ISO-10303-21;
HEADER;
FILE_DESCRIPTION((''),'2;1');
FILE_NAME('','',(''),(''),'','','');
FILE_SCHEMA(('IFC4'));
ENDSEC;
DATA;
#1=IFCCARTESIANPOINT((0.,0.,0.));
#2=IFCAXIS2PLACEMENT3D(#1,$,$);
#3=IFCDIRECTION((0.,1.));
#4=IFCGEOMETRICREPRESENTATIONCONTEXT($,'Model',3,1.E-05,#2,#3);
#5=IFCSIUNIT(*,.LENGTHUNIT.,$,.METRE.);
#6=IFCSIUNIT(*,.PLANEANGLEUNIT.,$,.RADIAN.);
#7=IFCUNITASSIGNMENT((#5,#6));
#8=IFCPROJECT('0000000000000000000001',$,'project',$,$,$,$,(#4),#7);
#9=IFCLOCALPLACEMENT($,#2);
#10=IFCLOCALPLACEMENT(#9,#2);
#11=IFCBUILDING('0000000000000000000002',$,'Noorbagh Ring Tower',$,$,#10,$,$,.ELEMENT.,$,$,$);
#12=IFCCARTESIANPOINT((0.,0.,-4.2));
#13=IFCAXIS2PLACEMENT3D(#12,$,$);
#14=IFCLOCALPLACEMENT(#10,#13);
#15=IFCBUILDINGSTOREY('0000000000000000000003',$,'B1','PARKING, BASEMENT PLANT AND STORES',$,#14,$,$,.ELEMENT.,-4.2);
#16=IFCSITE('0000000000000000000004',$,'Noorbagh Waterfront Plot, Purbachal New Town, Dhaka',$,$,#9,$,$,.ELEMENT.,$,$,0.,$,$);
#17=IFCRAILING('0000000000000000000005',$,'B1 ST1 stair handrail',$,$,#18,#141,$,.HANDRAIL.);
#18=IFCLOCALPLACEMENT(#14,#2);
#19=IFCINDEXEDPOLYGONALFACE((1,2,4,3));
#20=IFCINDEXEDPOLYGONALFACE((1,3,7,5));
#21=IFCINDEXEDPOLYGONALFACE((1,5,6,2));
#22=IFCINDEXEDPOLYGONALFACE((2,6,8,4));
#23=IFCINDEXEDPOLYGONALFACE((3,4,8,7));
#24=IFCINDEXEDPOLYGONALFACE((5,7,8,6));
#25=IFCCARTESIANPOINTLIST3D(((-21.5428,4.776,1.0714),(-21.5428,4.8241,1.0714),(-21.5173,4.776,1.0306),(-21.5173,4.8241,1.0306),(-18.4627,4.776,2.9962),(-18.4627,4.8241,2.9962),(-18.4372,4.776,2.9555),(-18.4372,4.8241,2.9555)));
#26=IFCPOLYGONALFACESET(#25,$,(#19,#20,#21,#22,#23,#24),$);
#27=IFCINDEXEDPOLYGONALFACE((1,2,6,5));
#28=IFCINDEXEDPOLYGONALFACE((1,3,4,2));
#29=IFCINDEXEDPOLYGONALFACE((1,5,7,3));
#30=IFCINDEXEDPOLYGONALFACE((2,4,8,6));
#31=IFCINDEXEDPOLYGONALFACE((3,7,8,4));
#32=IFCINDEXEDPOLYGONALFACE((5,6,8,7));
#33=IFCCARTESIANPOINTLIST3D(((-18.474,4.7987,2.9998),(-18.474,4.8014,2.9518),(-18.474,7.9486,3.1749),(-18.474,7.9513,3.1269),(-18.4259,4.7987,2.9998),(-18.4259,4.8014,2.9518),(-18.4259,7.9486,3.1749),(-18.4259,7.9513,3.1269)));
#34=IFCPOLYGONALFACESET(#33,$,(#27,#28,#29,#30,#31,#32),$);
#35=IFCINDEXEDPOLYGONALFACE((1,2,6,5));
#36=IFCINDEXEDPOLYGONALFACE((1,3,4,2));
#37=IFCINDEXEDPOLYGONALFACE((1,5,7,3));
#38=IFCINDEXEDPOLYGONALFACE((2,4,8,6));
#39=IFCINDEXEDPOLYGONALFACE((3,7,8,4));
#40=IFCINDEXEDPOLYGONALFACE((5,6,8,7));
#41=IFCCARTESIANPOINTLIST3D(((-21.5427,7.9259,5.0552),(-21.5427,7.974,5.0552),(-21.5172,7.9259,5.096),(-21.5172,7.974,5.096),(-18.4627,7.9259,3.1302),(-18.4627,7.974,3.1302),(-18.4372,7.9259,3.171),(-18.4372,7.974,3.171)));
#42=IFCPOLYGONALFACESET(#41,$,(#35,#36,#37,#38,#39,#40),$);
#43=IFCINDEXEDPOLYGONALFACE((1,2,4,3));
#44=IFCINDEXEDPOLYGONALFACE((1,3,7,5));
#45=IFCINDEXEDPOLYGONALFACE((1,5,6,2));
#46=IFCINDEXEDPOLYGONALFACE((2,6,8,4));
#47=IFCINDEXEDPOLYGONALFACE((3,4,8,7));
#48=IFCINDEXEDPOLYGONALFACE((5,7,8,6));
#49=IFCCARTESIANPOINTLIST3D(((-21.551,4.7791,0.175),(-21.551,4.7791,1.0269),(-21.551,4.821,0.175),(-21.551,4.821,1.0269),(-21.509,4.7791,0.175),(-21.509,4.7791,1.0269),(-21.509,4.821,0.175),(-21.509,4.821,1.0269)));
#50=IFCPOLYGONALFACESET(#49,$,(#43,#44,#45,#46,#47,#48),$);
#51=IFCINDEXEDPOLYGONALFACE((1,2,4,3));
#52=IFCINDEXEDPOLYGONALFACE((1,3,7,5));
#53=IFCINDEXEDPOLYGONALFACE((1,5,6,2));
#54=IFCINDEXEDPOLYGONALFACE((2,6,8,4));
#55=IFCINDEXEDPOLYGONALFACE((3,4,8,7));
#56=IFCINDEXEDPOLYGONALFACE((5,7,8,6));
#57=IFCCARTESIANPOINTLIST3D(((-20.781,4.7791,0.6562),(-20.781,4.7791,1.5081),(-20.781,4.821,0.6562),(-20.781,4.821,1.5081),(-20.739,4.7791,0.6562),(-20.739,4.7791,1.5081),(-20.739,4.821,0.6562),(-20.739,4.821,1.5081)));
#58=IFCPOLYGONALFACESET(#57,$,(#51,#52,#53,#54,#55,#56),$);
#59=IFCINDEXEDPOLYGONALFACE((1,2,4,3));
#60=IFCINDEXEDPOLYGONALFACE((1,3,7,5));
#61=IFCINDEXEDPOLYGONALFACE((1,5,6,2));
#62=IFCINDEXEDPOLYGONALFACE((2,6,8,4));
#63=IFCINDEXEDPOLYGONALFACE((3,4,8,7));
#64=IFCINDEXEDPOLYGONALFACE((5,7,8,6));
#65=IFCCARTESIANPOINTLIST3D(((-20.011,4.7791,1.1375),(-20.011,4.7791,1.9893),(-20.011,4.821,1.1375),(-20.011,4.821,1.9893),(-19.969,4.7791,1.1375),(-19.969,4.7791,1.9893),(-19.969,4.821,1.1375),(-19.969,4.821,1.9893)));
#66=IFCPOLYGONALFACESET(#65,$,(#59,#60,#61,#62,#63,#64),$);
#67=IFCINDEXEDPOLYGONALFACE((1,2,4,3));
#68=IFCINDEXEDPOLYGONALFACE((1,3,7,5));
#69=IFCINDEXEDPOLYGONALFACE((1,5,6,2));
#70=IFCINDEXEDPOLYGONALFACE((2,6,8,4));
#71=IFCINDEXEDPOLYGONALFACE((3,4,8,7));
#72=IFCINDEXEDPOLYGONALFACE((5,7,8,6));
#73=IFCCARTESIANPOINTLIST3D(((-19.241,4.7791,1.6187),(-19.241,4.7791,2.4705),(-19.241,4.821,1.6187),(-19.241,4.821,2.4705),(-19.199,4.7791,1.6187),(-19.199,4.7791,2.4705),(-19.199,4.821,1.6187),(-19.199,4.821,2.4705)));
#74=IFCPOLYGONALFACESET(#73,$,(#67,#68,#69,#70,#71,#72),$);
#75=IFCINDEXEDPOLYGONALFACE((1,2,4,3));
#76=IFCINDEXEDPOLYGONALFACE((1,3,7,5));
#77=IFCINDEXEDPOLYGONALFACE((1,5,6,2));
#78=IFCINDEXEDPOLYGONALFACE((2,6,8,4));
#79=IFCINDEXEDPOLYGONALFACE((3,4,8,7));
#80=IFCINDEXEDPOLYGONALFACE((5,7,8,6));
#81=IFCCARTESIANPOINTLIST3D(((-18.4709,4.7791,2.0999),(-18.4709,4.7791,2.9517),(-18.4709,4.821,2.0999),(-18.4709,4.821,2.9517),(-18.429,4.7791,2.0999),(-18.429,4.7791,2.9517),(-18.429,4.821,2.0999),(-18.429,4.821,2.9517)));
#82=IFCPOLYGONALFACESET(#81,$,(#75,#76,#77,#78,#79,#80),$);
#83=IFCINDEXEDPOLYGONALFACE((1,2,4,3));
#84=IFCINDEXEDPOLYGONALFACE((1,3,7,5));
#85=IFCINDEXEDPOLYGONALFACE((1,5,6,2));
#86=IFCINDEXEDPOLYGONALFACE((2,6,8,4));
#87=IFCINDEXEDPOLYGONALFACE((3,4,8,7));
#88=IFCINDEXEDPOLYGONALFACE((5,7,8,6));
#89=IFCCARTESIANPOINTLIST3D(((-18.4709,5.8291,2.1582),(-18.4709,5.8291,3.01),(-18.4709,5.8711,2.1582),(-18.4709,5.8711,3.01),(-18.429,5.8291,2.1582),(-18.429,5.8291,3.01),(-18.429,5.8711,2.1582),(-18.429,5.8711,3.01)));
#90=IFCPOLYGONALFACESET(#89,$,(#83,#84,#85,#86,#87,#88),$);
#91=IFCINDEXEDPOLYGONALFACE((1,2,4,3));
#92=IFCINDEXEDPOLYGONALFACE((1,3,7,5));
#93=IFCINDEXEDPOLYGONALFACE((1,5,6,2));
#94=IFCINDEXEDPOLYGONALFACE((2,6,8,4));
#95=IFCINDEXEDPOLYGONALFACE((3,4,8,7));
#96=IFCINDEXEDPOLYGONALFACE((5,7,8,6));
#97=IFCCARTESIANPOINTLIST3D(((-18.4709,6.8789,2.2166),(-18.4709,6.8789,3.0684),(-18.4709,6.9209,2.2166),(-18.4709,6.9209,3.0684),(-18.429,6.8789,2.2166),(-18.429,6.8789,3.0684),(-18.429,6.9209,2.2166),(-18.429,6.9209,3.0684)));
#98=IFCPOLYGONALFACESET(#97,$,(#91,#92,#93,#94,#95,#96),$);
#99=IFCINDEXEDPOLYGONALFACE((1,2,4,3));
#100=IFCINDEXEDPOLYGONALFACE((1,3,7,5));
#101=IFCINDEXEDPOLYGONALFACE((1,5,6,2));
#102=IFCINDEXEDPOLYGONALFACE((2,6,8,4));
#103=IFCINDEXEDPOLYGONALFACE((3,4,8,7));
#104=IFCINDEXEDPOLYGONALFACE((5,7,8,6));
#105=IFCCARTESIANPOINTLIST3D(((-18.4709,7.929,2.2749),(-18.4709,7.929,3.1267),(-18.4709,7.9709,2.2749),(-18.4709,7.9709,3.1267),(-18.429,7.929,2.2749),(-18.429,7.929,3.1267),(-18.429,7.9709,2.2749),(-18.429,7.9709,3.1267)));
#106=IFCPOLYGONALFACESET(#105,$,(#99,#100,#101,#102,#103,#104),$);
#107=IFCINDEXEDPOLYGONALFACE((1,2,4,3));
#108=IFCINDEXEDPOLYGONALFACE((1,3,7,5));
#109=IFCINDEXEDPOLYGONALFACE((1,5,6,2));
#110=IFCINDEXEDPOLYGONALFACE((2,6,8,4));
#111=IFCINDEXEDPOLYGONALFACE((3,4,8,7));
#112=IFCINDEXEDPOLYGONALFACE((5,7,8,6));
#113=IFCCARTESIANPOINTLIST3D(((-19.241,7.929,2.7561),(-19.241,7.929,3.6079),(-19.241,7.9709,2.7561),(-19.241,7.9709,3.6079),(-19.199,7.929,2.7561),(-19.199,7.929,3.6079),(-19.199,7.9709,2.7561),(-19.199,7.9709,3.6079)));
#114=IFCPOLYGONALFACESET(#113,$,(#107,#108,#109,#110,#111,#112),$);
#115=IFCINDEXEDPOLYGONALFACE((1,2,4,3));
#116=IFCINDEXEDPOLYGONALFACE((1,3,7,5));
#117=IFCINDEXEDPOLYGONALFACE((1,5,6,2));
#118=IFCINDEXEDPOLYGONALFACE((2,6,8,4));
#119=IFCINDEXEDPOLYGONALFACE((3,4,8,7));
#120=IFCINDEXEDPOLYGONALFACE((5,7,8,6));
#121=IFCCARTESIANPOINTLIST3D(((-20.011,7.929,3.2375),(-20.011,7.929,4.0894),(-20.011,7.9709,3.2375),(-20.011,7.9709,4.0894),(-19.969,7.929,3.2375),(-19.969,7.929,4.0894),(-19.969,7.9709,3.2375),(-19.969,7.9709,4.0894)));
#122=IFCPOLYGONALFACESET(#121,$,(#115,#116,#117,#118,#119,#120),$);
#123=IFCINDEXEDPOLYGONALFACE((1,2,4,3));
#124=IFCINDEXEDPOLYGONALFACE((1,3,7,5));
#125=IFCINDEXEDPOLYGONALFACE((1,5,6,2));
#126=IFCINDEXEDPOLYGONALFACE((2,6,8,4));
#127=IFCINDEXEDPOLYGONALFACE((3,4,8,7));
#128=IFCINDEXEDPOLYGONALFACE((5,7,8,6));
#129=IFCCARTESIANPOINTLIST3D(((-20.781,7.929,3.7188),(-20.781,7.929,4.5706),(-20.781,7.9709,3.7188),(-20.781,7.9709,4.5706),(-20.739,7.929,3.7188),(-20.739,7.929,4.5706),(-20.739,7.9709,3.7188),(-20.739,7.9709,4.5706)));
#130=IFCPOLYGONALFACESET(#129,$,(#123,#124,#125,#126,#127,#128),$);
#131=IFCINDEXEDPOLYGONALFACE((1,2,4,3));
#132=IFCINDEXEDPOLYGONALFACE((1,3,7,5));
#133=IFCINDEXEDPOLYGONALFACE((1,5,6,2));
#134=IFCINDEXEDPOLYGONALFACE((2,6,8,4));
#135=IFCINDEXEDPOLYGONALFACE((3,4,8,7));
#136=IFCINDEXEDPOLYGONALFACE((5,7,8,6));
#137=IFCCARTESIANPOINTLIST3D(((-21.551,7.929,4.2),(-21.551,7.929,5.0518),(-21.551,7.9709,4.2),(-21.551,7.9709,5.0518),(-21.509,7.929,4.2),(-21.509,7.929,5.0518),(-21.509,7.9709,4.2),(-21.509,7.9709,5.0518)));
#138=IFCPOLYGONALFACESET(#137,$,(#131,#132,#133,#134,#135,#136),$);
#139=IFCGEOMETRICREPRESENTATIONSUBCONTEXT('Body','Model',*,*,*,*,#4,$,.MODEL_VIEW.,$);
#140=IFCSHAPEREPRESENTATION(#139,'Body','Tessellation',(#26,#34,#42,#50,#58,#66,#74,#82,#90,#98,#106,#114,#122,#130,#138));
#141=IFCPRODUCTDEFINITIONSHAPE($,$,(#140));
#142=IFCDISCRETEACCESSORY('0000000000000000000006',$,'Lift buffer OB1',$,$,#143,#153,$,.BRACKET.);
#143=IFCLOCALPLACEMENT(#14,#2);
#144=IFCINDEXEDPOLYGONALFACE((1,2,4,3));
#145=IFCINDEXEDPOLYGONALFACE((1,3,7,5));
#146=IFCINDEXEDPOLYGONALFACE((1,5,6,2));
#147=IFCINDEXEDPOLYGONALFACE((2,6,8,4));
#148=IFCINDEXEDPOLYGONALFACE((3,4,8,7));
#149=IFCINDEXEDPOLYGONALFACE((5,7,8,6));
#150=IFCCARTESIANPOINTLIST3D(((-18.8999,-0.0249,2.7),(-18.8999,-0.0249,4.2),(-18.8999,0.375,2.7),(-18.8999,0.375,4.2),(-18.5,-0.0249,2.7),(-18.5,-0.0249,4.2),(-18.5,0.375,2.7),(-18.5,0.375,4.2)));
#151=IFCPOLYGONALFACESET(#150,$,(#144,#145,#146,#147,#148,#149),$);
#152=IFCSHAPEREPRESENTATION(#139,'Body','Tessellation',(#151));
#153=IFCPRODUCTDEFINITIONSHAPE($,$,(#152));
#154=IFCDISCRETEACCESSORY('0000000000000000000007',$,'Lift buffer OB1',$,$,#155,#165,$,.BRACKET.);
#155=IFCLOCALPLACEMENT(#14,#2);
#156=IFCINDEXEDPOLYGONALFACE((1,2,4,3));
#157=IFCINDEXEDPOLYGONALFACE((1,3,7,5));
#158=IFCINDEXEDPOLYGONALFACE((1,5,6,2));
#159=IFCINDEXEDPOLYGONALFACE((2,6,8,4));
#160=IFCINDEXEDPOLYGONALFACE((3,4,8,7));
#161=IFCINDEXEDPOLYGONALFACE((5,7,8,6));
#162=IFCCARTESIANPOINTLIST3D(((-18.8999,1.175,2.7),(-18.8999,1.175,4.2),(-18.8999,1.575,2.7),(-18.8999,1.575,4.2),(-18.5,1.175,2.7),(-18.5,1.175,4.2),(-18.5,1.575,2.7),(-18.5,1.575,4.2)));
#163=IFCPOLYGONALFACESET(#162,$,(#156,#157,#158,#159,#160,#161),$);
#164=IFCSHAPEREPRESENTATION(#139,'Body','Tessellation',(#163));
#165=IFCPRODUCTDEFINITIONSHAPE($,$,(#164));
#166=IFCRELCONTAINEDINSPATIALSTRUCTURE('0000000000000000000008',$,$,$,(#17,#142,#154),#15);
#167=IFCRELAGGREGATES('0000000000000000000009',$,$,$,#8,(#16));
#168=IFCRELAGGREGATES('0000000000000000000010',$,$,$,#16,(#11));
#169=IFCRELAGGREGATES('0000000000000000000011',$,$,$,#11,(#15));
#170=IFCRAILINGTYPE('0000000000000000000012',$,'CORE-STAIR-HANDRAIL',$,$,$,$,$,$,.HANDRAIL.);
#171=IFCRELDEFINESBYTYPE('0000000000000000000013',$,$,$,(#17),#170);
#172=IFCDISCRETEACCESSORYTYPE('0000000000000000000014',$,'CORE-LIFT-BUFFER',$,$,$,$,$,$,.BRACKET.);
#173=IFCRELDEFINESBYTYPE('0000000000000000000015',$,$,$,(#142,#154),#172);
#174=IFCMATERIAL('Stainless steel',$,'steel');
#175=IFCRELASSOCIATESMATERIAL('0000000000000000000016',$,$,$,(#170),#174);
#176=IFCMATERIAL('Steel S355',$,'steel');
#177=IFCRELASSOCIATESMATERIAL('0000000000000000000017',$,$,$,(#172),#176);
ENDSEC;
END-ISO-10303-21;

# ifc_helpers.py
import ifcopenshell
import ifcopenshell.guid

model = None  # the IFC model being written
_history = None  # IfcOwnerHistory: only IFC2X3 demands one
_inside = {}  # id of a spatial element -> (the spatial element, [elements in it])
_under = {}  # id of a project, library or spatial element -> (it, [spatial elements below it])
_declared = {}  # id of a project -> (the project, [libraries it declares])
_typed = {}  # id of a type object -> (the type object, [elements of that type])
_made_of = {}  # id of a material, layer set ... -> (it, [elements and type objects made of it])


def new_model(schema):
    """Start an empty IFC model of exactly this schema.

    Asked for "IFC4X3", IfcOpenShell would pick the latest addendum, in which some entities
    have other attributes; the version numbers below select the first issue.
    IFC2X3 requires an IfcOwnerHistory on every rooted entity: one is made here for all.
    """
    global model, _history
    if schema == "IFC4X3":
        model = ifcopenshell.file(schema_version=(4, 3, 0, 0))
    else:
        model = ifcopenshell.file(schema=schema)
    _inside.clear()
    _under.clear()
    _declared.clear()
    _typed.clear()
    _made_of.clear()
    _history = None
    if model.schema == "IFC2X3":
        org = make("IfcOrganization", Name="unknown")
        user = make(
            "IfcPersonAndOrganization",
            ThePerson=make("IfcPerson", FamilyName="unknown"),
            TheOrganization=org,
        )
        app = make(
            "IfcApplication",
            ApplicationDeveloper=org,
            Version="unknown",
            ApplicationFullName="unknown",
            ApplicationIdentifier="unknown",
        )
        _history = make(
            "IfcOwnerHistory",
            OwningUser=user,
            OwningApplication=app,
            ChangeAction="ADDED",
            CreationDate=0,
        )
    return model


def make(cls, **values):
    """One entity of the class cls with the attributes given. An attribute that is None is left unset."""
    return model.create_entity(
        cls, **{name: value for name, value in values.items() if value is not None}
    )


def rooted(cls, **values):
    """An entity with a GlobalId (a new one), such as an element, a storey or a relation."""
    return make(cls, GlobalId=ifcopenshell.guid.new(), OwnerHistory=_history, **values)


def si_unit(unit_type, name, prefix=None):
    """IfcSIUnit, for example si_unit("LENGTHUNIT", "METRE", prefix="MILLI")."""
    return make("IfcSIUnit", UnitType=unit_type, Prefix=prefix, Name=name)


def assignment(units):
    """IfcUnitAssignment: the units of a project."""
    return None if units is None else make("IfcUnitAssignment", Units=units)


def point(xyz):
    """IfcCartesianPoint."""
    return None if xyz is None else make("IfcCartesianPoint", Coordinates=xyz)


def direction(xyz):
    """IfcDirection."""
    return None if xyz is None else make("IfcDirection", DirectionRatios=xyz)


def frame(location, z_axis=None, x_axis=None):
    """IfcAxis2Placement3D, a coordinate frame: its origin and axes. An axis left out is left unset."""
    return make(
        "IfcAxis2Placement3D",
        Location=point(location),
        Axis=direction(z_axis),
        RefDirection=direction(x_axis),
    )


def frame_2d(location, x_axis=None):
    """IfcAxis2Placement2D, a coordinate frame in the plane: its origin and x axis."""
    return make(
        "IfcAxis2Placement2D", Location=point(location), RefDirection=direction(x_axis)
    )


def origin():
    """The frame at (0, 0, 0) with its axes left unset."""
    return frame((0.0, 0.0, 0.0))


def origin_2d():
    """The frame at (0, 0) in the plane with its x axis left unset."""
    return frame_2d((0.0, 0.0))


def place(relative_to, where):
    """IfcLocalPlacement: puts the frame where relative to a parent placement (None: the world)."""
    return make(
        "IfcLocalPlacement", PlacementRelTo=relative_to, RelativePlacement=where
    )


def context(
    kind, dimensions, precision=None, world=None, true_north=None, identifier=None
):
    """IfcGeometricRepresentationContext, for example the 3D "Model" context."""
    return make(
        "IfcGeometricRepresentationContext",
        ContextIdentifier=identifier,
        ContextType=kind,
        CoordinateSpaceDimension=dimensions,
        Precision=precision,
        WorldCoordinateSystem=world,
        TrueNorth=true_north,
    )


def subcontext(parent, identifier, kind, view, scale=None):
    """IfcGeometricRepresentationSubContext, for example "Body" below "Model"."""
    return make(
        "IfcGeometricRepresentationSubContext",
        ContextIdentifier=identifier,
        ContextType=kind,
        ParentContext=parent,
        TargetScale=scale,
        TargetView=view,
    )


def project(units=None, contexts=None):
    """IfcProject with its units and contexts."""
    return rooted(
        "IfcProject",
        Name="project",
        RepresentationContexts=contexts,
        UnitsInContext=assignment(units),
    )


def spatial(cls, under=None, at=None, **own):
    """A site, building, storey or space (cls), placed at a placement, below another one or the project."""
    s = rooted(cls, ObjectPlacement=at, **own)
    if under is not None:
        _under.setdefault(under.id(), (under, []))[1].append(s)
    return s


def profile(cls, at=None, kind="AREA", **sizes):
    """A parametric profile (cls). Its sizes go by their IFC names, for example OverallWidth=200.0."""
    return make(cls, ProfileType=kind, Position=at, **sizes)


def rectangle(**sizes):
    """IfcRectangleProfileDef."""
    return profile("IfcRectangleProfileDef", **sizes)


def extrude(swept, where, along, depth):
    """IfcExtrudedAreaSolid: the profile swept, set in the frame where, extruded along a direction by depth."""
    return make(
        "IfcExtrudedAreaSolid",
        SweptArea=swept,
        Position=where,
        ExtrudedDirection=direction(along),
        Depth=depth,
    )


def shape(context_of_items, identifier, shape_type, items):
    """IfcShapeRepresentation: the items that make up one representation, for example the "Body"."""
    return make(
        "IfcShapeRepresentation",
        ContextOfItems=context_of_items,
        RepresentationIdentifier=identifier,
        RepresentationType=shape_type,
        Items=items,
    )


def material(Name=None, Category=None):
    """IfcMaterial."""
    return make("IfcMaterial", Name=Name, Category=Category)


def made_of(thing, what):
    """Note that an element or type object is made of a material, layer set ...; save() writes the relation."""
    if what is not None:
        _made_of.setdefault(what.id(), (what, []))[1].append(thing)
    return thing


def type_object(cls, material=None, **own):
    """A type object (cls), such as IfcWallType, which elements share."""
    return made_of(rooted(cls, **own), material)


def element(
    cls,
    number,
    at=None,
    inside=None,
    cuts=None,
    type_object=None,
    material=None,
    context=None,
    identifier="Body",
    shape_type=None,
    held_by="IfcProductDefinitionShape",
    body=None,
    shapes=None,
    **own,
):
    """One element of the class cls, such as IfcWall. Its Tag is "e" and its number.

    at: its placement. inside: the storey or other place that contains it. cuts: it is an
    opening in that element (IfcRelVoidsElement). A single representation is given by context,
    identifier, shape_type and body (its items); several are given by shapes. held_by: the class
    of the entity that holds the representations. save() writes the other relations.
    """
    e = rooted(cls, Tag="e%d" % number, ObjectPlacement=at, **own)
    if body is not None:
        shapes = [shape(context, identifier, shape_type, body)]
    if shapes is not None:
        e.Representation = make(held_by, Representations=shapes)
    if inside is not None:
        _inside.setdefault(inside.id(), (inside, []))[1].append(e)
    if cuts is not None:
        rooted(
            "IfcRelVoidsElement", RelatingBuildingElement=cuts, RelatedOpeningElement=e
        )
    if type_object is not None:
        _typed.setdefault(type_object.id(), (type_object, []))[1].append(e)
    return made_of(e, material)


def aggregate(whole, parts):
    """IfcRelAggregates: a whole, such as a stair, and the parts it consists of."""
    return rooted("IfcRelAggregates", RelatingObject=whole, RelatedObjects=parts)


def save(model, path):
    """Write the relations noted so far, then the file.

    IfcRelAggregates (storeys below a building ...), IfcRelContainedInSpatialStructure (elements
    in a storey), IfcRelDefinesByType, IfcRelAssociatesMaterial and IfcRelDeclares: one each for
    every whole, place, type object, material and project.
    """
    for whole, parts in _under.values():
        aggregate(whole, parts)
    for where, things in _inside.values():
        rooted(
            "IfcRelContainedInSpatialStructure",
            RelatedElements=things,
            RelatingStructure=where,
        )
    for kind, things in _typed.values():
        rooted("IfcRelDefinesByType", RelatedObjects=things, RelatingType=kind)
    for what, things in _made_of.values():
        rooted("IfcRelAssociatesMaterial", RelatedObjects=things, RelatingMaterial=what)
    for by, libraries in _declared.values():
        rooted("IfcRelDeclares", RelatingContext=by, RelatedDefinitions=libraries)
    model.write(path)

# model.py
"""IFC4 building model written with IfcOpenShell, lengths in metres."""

from ifc_helpers import new_model, si_unit, direction, frame, origin, origin_2d, place, context, subcontext, project, spatial, rectangle, extrude, material, type_object, element, save


model = new_model("IFC4")

# Units and contexts
model_context = context("Model", 3, precision=1e-05, world=origin(), true_north=direction((0.0, 1.0)))
body_context = subcontext(model_context, "Body", "Model", "MODEL_VIEW")
ifc_project = project(units=[si_unit("LENGTHUNIT", "METRE"), si_unit("PLANEANGLEUNIT", "RADIAN")], contexts=[model_context])

# Site, building, storey
site_placement = place(None, origin())
site = spatial("IfcSite", under=ifc_project, at=site_placement, Name="Noorbagh Waterfront Plot, Purbachal New Town, Dhaka", CompositionType="ELEMENT", RefElevation=0.0)
building_placement = place(site_placement, origin())
building = spatial("IfcBuilding", under=site, at=building_placement, Name="Noorbagh Ring Tower", CompositionType="ELEMENT")
storey_placement = place(building_placement, frame((0.0, 0.0, -4.2)))
storey = spatial("IfcBuildingStorey", under=building, at=storey_placement, Name="B1", Description="PARKING, BASEMENT PLANT AND STORES", CompositionType="ELEMENT", Elevation=-4.2)

# Railing
ifc_material_1 = material(Name="Stainless steel", Category="steel")
railing_type_1 = type_object("IfcRailingType", Name="CORE-STAIR-HANDRAIL", PredefinedType="HANDRAIL", material=ifc_material_1)
railing_1_placement = place(storey_placement, frame((-21.53, 4.8, 0.175)))
element("IfcRailing", 1, at=railing_1_placement, inside=storey, type_object=railing_type_1, Name="B1 ST1 stair handrail", PredefinedType="HANDRAIL", context=body_context, shape_type="SweptSolid", body=[
    extrude(rectangle(XDim=0.0481, YDim=0.0481, at=origin_2d()), frame((0.0, 0.0, 0.876), z_axis=(0.848029, 0.0, 0.529951), x_axis=(0.0, 1.0, 0.0)), (0.0, 0.0, 1.0), 3.6321),
    extrude(rectangle(XDim=0.0481, YDim=0.0481, at=origin_2d()), frame((3.0801, 0.0, 2.8008), z_axis=(0.0, 0.998459, 0.055487), x_axis=(-1.0, 0.0, 0.0)), (0.0, 0.0, 1.0), 3.1548),
    extrude(rectangle(XDim=0.0481, YDim=0.0481, at=origin_2d()), frame((3.0801, 3.1499, 2.9756), z_axis=(-0.847998, 0.0, 0.529999), x_axis=(0.0, -1.0, 0.0)), (0.0, 0.0, 1.0), 3.6321),
    extrude(rectangle(XDim=0.042, YDim=0.042, at=origin_2d()), origin(), (0.0, 0.0, 1.0), 0.8518),
    extrude(rectangle(XDim=0.042, YDim=0.042, at=origin_2d()), frame((0.77, 0.0, 0.4812)), (0.0, 0.0, 1.0), 0.8518),
    extrude(rectangle(XDim=0.042, YDim=0.042, at=origin_2d()), frame((1.54, 0.0, 0.9624)), (0.0, 0.0, 1.0), 0.8518),
    extrude(rectangle(XDim=0.042, YDim=0.042, at=origin_2d()), frame((2.3101, 0.0, 1.4436)), (0.0, 0.0, 1.0), 0.8518),
    extrude(rectangle(XDim=0.042, YDim=0.042, at=origin_2d()), frame((3.0801, 0.0, 1.9248)), (0.0, 0.0, 1.0), 0.8518),
    extrude(rectangle(XDim=0.042, YDim=0.042, at=origin_2d()), frame((3.0801, 1.05, 1.9832)), (0.0, 0.0, 1.0), 0.8518),
    extrude(rectangle(XDim=0.042, YDim=0.042, at=origin_2d()), frame((3.0801, 2.0999, 2.0415)), (0.0, 0.0, 1.0), 0.8518),
    extrude(rectangle(XDim=0.042, YDim=0.042, at=origin_2d()), frame((3.0801, 3.1499, 2.0999)), (0.0, 0.0, 1.0), 0.8518),
    extrude(rectangle(XDim=0.042, YDim=0.042, at=origin_2d()), frame((2.3101, 3.1499, 2.5811)), (0.0, 0.0, 1.0), 0.8518),
    extrude(rectangle(XDim=0.042, YDim=0.042, at=origin_2d()), frame((1.54, 3.1499, 3.0625)), (0.0, 0.0, 1.0), 0.8518),
    extrude(rectangle(XDim=0.042, YDim=0.042, at=origin_2d()), frame((0.77, 3.1499, 3.5437)), (0.0, 0.0, 1.0), 0.8518),
    extrude(rectangle(XDim=0.042, YDim=0.042, at=origin_2d()), frame((0.0, 3.1499, 4.0249)), (0.0, 0.0, 1.0), 0.8518),
])

# Discrete accessories
ifc_material_2 = material(Name="Steel S355", Category="steel")
discrete_accessory_type = type_object("IfcDiscreteAccessoryType", Name="CORE-LIFT-BUFFER", PredefinedType="BRACKET", material=ifc_material_2)
for number, where, z_axis, x_axis, name in (
    (2, (-18.7, 0.175, 2.7), (0.0, 0.0, 1.0), (1.0, 0.0, 0.0), "Lift buffer OB1"),
    (3, (-18.7, 1.375, 2.7), (0.0, 0.0, 1.0), (1.0, 0.0, 0.0), "Lift buffer OB1"),
):
    element("IfcDiscreteAccessory", number, at=place(storey_placement, frame(where, z_axis=z_axis, x_axis=x_axis)), inside=storey, type_object=discrete_accessory_type, Name=name, PredefinedType="BRACKET", context=body_context, shape_type="SweptSolid", body=[
        extrude(rectangle(XDim=0.3999, YDim=0.3999, at=origin_2d()), origin(), (0.0, 0.0, 1.0), 1.5),
    ])

save(model, "model.ifc")
